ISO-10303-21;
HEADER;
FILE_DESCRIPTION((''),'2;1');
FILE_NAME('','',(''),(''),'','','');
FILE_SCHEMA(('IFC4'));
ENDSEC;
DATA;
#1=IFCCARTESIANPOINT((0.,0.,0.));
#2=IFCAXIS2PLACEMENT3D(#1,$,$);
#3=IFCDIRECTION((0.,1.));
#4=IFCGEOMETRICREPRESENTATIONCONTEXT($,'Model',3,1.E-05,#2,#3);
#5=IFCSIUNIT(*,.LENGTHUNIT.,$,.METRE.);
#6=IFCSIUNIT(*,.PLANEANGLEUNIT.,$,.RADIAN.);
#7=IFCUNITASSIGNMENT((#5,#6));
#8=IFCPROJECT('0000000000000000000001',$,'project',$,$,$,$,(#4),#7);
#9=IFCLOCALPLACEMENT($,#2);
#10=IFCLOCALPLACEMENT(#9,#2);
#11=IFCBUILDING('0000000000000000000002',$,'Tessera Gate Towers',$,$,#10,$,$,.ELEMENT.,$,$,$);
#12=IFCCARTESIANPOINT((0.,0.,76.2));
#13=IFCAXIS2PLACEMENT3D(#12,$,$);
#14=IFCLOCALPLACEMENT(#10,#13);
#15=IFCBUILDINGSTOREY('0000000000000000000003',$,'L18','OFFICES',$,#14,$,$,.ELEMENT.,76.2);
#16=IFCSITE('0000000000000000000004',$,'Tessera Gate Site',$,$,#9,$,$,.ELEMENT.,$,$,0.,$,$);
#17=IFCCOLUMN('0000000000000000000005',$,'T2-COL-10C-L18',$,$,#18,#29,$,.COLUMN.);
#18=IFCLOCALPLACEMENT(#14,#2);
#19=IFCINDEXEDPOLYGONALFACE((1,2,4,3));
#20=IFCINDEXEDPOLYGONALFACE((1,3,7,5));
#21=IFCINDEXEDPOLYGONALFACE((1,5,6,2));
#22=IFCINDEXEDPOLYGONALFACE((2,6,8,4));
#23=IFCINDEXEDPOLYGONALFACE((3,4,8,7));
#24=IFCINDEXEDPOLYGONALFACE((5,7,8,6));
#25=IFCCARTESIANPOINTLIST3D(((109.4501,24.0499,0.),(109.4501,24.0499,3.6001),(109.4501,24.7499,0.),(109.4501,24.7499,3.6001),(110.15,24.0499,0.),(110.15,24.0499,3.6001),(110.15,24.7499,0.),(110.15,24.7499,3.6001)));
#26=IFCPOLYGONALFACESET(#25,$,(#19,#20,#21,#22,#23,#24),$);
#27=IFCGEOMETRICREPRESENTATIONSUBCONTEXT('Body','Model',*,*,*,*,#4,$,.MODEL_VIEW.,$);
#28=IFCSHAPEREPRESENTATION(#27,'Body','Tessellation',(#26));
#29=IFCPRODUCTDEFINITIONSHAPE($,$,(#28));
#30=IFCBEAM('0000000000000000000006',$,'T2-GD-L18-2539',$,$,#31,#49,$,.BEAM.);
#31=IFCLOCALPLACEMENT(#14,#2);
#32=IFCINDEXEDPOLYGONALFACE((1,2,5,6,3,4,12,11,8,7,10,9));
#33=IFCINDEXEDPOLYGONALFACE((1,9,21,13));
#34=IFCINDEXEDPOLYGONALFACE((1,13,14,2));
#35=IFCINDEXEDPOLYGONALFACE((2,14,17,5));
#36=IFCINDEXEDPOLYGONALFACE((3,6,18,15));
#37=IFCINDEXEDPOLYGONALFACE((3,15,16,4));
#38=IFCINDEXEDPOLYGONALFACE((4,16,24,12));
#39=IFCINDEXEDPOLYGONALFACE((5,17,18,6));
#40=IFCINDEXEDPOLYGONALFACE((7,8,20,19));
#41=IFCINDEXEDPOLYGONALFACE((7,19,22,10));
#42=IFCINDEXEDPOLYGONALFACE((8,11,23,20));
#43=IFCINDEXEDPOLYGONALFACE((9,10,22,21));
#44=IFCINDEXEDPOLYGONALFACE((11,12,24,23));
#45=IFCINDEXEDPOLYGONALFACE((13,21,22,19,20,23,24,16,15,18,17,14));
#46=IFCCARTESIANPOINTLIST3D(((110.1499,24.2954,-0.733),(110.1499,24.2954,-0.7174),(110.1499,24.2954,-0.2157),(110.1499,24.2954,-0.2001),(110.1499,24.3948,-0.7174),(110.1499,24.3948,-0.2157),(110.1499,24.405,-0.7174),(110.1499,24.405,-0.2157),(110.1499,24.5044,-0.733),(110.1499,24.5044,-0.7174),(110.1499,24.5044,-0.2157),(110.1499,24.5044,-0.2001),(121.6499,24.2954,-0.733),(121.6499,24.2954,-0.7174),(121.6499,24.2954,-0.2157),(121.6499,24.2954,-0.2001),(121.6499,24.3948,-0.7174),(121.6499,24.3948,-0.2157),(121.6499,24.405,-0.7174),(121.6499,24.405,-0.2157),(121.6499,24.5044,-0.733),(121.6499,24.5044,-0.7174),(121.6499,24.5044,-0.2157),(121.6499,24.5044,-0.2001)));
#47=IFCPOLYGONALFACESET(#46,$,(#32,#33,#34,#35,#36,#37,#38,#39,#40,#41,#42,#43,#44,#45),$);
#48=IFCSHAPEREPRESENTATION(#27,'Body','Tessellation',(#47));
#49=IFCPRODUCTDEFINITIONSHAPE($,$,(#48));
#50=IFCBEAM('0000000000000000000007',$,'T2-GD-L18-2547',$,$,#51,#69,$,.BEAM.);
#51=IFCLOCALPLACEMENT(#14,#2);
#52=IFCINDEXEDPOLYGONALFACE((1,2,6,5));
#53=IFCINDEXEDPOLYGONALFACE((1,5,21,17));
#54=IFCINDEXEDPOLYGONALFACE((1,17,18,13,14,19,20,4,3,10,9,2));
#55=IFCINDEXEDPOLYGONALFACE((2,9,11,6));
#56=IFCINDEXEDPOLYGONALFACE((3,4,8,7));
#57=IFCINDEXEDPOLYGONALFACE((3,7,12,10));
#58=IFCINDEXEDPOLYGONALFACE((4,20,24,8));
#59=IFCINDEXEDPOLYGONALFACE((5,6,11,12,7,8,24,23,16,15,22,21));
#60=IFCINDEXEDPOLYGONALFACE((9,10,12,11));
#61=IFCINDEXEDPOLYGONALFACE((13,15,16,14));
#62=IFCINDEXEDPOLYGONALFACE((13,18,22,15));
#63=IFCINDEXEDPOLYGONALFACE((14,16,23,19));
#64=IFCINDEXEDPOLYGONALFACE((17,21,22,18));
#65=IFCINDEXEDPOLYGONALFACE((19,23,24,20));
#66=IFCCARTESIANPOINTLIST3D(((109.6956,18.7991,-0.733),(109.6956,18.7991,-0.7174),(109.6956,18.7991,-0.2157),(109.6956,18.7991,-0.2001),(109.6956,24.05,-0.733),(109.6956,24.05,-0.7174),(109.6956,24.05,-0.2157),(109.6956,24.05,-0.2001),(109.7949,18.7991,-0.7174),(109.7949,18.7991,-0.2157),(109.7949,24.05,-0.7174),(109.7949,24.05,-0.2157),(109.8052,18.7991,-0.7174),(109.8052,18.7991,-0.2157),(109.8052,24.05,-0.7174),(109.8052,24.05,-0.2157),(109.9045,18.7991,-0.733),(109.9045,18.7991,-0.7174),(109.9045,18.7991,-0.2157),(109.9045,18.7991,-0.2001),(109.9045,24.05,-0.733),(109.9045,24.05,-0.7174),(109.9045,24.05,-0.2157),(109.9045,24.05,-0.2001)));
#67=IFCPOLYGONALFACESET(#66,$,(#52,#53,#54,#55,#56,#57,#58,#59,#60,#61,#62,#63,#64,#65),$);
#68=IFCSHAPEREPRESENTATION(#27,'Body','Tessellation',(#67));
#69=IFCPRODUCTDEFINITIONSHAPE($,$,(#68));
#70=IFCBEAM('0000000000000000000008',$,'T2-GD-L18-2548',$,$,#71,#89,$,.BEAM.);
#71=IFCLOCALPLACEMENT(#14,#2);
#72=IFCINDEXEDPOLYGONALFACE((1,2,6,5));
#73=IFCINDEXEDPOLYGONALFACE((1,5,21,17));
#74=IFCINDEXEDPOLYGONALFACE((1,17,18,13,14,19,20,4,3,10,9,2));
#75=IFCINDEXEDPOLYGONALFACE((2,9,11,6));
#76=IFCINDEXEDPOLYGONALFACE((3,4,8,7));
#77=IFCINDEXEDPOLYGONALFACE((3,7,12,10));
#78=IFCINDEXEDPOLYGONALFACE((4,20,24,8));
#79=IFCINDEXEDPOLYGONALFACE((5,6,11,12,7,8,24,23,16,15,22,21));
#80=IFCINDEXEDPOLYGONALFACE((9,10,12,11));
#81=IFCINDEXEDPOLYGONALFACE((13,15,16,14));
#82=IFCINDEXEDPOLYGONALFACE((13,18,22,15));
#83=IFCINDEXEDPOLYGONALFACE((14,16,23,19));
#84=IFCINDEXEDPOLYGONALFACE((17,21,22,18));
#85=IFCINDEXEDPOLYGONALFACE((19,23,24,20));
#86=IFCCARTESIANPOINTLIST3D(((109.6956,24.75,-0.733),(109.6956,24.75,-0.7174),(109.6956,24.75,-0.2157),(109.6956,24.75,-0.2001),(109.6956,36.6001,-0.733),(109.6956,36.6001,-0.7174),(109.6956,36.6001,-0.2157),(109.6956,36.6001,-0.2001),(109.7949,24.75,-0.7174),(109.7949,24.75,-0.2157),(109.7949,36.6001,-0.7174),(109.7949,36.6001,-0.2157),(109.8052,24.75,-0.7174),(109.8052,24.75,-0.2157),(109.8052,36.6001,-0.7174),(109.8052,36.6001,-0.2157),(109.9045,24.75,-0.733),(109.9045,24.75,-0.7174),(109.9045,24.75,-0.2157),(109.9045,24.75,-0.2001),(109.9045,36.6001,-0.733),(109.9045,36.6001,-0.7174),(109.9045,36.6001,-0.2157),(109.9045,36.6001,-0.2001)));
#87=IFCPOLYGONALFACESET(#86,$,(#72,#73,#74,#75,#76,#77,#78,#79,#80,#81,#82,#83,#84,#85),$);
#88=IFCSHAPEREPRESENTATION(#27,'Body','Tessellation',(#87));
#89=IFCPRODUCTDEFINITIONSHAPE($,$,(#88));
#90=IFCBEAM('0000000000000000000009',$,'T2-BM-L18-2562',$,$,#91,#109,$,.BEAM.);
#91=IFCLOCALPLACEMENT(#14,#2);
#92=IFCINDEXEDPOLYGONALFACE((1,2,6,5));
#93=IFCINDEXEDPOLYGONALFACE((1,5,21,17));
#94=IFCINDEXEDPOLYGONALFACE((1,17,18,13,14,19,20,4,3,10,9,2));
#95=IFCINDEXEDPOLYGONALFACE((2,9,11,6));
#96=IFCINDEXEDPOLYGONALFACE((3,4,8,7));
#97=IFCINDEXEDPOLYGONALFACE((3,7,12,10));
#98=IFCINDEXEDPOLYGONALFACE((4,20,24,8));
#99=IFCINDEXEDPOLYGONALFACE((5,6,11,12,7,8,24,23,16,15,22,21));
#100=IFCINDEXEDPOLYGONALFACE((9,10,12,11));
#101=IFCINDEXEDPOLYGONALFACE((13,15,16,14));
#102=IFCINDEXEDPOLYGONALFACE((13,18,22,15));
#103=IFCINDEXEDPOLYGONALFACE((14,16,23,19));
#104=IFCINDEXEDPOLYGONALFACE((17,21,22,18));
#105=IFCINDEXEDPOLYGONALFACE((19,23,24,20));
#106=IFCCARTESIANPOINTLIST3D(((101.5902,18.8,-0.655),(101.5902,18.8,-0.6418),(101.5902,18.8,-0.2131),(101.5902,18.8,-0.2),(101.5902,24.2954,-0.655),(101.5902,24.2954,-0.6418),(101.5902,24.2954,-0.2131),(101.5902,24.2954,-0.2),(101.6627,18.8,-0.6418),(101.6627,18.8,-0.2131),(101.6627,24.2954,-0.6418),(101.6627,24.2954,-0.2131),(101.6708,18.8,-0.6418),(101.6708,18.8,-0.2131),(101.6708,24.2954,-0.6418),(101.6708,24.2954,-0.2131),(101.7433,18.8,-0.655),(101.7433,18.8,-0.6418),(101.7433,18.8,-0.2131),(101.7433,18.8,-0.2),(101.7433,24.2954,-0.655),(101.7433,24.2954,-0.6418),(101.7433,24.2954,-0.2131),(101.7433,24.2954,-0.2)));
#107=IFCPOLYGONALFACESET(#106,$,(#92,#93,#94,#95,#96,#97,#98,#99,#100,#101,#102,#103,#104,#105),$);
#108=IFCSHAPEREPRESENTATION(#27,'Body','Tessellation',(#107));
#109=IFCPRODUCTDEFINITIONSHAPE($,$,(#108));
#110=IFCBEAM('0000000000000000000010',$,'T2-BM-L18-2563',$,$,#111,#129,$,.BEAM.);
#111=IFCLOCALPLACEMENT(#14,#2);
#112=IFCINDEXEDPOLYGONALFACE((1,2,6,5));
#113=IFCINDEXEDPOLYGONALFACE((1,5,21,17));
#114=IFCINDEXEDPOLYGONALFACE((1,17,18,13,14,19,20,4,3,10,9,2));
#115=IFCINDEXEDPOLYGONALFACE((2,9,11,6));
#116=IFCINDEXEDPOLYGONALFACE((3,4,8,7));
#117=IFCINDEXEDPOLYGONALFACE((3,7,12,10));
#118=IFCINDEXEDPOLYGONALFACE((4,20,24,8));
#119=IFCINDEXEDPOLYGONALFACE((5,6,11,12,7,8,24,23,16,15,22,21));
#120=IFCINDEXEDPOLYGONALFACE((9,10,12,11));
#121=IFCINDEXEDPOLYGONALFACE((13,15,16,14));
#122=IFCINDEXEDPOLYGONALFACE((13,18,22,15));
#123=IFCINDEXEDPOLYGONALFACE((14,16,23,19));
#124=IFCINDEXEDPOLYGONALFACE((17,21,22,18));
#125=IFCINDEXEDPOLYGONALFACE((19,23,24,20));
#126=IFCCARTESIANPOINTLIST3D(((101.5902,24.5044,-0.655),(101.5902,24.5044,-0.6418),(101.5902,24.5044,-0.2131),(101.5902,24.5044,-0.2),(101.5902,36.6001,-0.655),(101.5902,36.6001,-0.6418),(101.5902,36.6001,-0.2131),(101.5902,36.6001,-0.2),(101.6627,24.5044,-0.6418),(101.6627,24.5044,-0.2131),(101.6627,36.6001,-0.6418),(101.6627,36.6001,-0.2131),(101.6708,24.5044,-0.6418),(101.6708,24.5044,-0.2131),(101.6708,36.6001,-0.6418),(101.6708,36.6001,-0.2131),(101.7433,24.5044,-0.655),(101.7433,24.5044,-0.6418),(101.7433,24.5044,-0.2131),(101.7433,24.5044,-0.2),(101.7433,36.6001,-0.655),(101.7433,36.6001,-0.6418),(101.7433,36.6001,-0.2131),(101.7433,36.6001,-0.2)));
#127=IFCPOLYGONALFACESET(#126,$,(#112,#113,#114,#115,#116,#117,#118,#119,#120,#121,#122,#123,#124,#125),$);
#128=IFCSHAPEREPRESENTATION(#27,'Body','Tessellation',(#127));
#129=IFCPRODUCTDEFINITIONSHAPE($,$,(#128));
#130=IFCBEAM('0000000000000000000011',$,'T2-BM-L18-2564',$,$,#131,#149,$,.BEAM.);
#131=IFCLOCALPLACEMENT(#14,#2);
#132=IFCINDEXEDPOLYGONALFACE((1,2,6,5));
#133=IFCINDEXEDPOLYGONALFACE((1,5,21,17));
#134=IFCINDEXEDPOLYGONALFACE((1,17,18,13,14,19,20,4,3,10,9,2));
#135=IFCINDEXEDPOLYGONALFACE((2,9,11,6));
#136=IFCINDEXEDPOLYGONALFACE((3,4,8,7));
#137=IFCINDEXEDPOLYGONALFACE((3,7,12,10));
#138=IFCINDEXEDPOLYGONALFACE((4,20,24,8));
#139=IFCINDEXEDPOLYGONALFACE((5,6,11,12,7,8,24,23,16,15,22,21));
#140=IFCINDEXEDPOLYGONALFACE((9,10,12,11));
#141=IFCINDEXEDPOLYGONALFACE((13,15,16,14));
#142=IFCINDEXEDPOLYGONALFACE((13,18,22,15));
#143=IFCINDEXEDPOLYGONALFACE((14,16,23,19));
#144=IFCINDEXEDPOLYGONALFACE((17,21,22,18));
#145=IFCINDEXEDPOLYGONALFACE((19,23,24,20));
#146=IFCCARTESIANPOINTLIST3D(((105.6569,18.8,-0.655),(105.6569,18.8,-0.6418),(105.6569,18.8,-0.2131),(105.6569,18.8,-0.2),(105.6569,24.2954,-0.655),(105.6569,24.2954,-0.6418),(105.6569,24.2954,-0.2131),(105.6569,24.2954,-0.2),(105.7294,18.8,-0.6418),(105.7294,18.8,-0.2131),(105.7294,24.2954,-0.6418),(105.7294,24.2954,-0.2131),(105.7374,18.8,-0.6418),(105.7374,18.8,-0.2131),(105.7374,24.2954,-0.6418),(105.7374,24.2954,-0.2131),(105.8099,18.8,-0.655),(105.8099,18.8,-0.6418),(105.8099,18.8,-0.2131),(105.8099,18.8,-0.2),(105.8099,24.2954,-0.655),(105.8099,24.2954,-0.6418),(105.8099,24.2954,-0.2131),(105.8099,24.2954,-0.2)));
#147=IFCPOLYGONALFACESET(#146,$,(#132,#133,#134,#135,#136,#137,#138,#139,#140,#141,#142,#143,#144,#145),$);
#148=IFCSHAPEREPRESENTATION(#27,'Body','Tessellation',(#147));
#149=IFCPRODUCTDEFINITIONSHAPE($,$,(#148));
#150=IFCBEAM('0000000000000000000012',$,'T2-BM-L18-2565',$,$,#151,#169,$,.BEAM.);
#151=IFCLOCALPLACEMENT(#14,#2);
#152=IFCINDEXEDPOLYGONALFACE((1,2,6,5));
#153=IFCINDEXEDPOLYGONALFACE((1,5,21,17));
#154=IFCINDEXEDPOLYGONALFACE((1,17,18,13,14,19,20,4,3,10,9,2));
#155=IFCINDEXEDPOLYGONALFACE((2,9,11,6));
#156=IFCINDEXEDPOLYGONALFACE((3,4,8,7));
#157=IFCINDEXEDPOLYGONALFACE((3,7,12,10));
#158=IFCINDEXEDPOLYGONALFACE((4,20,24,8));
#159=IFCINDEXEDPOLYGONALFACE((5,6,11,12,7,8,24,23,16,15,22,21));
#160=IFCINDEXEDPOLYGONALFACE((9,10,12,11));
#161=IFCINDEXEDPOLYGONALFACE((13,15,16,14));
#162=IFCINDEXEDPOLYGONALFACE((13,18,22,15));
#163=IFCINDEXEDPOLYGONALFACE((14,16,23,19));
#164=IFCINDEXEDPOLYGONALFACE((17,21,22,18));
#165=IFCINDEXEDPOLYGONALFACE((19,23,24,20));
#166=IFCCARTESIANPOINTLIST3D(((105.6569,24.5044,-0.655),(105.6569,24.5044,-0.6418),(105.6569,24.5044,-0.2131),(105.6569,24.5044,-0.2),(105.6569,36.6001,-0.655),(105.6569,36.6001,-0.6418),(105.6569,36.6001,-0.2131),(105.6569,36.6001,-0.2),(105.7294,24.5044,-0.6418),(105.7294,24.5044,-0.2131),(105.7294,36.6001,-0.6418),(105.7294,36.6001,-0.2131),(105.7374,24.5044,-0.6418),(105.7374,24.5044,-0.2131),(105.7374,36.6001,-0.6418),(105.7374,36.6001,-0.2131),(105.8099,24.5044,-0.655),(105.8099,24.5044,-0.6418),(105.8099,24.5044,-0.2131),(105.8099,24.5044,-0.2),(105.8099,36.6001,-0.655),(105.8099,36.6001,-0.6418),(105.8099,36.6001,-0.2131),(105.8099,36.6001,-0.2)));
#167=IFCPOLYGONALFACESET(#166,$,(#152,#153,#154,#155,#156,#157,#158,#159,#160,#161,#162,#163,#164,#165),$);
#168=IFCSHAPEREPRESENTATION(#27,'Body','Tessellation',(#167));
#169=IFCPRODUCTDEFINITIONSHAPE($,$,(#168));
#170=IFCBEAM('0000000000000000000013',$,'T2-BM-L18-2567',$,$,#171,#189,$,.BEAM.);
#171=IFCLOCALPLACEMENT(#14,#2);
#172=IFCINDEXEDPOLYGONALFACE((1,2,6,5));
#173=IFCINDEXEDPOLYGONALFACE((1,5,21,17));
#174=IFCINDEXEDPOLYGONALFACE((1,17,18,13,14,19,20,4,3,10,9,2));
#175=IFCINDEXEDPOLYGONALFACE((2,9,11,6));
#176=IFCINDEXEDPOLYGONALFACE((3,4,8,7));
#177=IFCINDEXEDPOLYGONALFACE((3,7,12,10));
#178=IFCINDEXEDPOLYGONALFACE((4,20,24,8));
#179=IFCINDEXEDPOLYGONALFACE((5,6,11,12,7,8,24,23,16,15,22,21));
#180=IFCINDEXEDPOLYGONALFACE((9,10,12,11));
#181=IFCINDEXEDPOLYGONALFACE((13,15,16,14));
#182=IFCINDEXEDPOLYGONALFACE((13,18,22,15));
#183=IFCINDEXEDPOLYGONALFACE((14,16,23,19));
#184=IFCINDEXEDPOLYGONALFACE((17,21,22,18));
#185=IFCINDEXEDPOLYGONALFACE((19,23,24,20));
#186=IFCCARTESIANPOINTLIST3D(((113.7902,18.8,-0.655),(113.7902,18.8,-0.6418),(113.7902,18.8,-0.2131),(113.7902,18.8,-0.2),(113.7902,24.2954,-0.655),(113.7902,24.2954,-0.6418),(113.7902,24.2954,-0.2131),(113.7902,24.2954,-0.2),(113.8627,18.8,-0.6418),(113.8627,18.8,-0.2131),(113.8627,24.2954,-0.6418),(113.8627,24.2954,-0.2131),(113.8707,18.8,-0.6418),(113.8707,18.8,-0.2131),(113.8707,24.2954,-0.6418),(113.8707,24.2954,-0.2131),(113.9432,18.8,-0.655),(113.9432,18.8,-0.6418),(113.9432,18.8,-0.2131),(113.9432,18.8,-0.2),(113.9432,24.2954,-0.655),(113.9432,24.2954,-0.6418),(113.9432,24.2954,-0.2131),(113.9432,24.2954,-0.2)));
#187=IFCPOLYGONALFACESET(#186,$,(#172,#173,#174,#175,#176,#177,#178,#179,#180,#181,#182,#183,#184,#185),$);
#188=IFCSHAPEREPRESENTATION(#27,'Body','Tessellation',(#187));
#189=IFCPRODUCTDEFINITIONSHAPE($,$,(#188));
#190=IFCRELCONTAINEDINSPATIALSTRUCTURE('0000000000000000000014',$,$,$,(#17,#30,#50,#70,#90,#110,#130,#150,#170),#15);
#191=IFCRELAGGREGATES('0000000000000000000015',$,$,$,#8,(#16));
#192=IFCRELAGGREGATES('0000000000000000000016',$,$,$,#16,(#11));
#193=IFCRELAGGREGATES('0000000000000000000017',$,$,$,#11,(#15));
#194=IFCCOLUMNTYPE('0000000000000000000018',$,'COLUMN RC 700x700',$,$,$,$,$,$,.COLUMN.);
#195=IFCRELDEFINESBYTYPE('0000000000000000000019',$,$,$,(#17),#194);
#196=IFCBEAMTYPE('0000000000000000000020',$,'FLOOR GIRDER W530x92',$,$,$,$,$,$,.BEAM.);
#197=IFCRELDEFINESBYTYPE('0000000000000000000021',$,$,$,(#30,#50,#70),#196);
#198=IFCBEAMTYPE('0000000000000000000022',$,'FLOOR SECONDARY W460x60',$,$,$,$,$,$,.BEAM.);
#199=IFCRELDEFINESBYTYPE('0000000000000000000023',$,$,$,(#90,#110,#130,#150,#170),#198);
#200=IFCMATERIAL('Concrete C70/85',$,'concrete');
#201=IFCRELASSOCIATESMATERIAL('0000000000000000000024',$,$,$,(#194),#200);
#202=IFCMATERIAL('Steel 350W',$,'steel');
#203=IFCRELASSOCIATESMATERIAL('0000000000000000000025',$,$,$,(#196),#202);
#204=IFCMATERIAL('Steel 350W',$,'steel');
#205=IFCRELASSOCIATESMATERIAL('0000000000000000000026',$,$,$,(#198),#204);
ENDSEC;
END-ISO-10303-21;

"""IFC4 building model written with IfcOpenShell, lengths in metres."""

from ifc_helpers import new_model, si_unit, direction, frame, origin, origin_2d, place, context, subcontext, project, spatial, rectangle, i_section, extrude, material, material_profile, profile_set, type_object, element, save


model = new_model("IFC4")

# Units and contexts
model_context = context("Model", 3, precision=1e-05, world=origin(), true_north=direction((0.0, 1.0)))
body_context = subcontext(model_context, "Body", "Model", "MODEL_VIEW")
ifc_project = project(units=[si_unit("LENGTHUNIT", "METRE"), si_unit("PLANEANGLEUNIT", "RADIAN")], contexts=[model_context])

# Site, building, storey
site_placement = place(None, origin())
site = spatial("IfcSite", under=ifc_project, at=site_placement, Name="Tessera Gate Site", CompositionType="ELEMENT", RefElevation=0.0)
building_placement = place(site_placement, origin())
building = spatial("IfcBuilding", under=site, at=building_placement, Name="Tessera Gate Towers", CompositionType="ELEMENT")
storey_placement = place(building_placement, frame((0.0, 0.0, 76.2)))
storey = spatial("IfcBuildingStorey", under=building, at=storey_placement, Name="L18", Description="OFFICES", CompositionType="ELEMENT", Elevation=76.2)

# Column
ifc_material_1 = material(Name="Concrete C70/85", Category="concrete")
ifc_material_profile_1 = material_profile(ifc_material_1, rectangle(XDim=0.7, YDim=0.7, at=origin_2d()), Name="RC 700x700")
ifc_profile_set_1 = profile_set([ifc_material_profile_1], Name="Concrete C70/85")
column_type = type_object("IfcColumnType", Name="COLUMN RC 700x700", PredefinedType="COLUMN", material=ifc_profile_set_1)
column_placement = place(storey_placement, frame((109.8, 24.3999, 0.0), z_axis=(0.0, 0.0, 1.0), x_axis=(1.0, 0.0, 0.0)))
element("IfcColumn", 1, at=column_placement, inside=storey, type_object=column_type, Name="T2-COL-10C-L18", PredefinedType="COLUMN", context=body_context, shape_type="SweptSolid", body=[
    extrude(rectangle(XDim=0.7, YDim=0.7, at=origin_2d()), origin(), (0.0, 0.0, 1.0), 3.6001),
])

# Beams
ifc_material_2 = material(Name="Steel 350W", Category="steel")
ifc_material_profile_2 = material_profile(ifc_material_2, i_section(OverallWidth=0.209, OverallDepth=0.533, WebThickness=0.0103, FlangeThickness=0.0156, at=origin_2d()), Name="W530x92")
ifc_profile_set_2 = profile_set([ifc_material_profile_2], Name="Steel 350W")
beam_type_1 = type_object("IfcBeamType", Name="FLOOR GIRDER W530x92", PredefinedType="BEAM", material=ifc_profile_set_2)
beam_1_placement = place(storey_placement, frame((110.1499, 24.3999, -0.4666), z_axis=(1.0, 0.0, 0.0), x_axis=(0.0, 1.0, 0.0)))
element("IfcBeam", 2, at=beam_1_placement, inside=storey, type_object=beam_type_1, Name="T2-GD-L18-2539", PredefinedType="BEAM", context=body_context, shape_type="SweptSolid", body=[
    extrude(i_section(OverallWidth=0.209, OverallDepth=0.533, WebThickness=0.0103, FlangeThickness=0.0156, at=origin_2d()), origin(), (0.0, 0.0, 1.0), 11.5),
])
beam_2_placement = place(storey_placement, frame((109.8, 18.7991, -0.4666), z_axis=(0.0, 1.0, 0.0), x_axis=(-1.0, 0.0, 0.0)))
element("IfcBeam", 3, at=beam_2_placement, inside=storey, type_object=beam_type_1, Name="T2-GD-L18-2547", PredefinedType="BEAM", context=body_context, shape_type="SweptSolid", body=[
    extrude(i_section(OverallWidth=0.209, OverallDepth=0.533, WebThickness=0.0103, FlangeThickness=0.0156, at=origin_2d()), origin(), (0.0, 0.0, 1.0), 5.251),
])
beam_3_placement = place(storey_placement, frame((109.8, 24.75, -0.4666), z_axis=(0.0, 1.0, 0.0), x_axis=(-1.0, 0.0, 0.0)))
element("IfcBeam", 4, at=beam_3_placement, inside=storey, type_object=beam_type_1, Name="T2-GD-L18-2548", PredefinedType="BEAM", context=body_context, shape_type="SweptSolid", body=[
    extrude(i_section(OverallWidth=0.209, OverallDepth=0.533, WebThickness=0.0103, FlangeThickness=0.0156, at=origin_2d()), origin(), (0.0, 0.0, 1.0), 11.8501),
])
ifc_material_3 = material(Name="Steel 350W", Category="steel")
ifc_material_profile_3 = material_profile(ifc_material_3, i_section(OverallWidth=0.1531, OverallDepth=0.4551, WebThickness=0.0081, FlangeThickness=0.0132, at=origin_2d()), Name="W460x60")
ifc_profile_set_3 = profile_set([ifc_material_profile_3], Name="Steel 350W")
beam_type_2 = type_object("IfcBeamType", Name="FLOOR SECONDARY W460x60", PredefinedType="BEAM", material=ifc_profile_set_3)
beam_4_placement = place(storey_placement, frame((101.6667, 18.8, -0.4275), z_axis=(0.0, 1.0, 0.0), x_axis=(-1.0, 0.0, 0.0)))
element("IfcBeam", 5, at=beam_4_placement, inside=storey, type_object=beam_type_2, Name="T2-BM-L18-2562", PredefinedType="BEAM", context=body_context, shape_type="SweptSolid", body=[
    extrude(i_section(OverallWidth=0.1531, OverallDepth=0.4551, WebThickness=0.0081, FlangeThickness=0.0132, at=origin_2d()), origin(), (0.0, 0.0, 1.0), 5.4954),
])
beam_5_placement = place(storey_placement, frame((101.6667, 24.5044, -0.4275), z_axis=(0.0, 1.0, 0.0), x_axis=(-1.0, 0.0, 0.0)))
element("IfcBeam", 6, at=beam_5_placement, inside=storey, type_object=beam_type_2, Name="T2-BM-L18-2563", PredefinedType="BEAM", context=body_context, shape_type="SweptSolid", body=[
    extrude(i_section(OverallWidth=0.1531, OverallDepth=0.4551, WebThickness=0.0081, FlangeThickness=0.0132, at=origin_2d()), origin(), (0.0, 0.0, 1.0), 12.0957),
])
beam_6_placement = place(storey_placement, frame((105.7334, 18.8, -0.4275), z_axis=(0.0, 1.0, 0.0), x_axis=(-1.0, 0.0, 0.0)))
element("IfcBeam", 7, at=beam_6_placement, inside=storey, type_object=beam_type_2, Name="T2-BM-L18-2564", PredefinedType="BEAM", context=body_context, shape_type="SweptSolid", body=[
    extrude(i_section(OverallWidth=0.1531, OverallDepth=0.4551, WebThickness=0.0081, FlangeThickness=0.0132, at=origin_2d()), origin(), (0.0, 0.0, 1.0), 5.4954),
])
beam_7_placement = place(storey_placement, frame((105.7334, 24.5044, -0.4275), z_axis=(0.0, 1.0, 0.0), x_axis=(-1.0, 0.0, 0.0)))
element("IfcBeam", 8, at=beam_7_placement, inside=storey, type_object=beam_type_2, Name="T2-BM-L18-2565", PredefinedType="BEAM", context=body_context, shape_type="SweptSolid", body=[
    extrude(i_section(OverallWidth=0.1531, OverallDepth=0.4551, WebThickness=0.0081, FlangeThickness=0.0132, at=origin_2d()), origin(), (0.0, 0.0, 1.0), 12.0957),
])
beam_8_placement = place(storey_placement, frame((113.8667, 18.8, -0.4275), z_axis=(0.0, 1.0, 0.0), x_axis=(-1.0, 0.0, 0.0)))
element("IfcBeam", 9, at=beam_8_placement, inside=storey, type_object=beam_type_2, Name="T2-BM-L18-2567", PredefinedType="BEAM", context=body_context, shape_type="SweptSolid", body=[
    extrude(i_section(OverallWidth=0.1531, OverallDepth=0.4551, WebThickness=0.0081, FlangeThickness=0.0132, at=origin_2d()), origin(), (0.0, 0.0, 1.0), 5.4954),
])

save(model, "model.ifc")
